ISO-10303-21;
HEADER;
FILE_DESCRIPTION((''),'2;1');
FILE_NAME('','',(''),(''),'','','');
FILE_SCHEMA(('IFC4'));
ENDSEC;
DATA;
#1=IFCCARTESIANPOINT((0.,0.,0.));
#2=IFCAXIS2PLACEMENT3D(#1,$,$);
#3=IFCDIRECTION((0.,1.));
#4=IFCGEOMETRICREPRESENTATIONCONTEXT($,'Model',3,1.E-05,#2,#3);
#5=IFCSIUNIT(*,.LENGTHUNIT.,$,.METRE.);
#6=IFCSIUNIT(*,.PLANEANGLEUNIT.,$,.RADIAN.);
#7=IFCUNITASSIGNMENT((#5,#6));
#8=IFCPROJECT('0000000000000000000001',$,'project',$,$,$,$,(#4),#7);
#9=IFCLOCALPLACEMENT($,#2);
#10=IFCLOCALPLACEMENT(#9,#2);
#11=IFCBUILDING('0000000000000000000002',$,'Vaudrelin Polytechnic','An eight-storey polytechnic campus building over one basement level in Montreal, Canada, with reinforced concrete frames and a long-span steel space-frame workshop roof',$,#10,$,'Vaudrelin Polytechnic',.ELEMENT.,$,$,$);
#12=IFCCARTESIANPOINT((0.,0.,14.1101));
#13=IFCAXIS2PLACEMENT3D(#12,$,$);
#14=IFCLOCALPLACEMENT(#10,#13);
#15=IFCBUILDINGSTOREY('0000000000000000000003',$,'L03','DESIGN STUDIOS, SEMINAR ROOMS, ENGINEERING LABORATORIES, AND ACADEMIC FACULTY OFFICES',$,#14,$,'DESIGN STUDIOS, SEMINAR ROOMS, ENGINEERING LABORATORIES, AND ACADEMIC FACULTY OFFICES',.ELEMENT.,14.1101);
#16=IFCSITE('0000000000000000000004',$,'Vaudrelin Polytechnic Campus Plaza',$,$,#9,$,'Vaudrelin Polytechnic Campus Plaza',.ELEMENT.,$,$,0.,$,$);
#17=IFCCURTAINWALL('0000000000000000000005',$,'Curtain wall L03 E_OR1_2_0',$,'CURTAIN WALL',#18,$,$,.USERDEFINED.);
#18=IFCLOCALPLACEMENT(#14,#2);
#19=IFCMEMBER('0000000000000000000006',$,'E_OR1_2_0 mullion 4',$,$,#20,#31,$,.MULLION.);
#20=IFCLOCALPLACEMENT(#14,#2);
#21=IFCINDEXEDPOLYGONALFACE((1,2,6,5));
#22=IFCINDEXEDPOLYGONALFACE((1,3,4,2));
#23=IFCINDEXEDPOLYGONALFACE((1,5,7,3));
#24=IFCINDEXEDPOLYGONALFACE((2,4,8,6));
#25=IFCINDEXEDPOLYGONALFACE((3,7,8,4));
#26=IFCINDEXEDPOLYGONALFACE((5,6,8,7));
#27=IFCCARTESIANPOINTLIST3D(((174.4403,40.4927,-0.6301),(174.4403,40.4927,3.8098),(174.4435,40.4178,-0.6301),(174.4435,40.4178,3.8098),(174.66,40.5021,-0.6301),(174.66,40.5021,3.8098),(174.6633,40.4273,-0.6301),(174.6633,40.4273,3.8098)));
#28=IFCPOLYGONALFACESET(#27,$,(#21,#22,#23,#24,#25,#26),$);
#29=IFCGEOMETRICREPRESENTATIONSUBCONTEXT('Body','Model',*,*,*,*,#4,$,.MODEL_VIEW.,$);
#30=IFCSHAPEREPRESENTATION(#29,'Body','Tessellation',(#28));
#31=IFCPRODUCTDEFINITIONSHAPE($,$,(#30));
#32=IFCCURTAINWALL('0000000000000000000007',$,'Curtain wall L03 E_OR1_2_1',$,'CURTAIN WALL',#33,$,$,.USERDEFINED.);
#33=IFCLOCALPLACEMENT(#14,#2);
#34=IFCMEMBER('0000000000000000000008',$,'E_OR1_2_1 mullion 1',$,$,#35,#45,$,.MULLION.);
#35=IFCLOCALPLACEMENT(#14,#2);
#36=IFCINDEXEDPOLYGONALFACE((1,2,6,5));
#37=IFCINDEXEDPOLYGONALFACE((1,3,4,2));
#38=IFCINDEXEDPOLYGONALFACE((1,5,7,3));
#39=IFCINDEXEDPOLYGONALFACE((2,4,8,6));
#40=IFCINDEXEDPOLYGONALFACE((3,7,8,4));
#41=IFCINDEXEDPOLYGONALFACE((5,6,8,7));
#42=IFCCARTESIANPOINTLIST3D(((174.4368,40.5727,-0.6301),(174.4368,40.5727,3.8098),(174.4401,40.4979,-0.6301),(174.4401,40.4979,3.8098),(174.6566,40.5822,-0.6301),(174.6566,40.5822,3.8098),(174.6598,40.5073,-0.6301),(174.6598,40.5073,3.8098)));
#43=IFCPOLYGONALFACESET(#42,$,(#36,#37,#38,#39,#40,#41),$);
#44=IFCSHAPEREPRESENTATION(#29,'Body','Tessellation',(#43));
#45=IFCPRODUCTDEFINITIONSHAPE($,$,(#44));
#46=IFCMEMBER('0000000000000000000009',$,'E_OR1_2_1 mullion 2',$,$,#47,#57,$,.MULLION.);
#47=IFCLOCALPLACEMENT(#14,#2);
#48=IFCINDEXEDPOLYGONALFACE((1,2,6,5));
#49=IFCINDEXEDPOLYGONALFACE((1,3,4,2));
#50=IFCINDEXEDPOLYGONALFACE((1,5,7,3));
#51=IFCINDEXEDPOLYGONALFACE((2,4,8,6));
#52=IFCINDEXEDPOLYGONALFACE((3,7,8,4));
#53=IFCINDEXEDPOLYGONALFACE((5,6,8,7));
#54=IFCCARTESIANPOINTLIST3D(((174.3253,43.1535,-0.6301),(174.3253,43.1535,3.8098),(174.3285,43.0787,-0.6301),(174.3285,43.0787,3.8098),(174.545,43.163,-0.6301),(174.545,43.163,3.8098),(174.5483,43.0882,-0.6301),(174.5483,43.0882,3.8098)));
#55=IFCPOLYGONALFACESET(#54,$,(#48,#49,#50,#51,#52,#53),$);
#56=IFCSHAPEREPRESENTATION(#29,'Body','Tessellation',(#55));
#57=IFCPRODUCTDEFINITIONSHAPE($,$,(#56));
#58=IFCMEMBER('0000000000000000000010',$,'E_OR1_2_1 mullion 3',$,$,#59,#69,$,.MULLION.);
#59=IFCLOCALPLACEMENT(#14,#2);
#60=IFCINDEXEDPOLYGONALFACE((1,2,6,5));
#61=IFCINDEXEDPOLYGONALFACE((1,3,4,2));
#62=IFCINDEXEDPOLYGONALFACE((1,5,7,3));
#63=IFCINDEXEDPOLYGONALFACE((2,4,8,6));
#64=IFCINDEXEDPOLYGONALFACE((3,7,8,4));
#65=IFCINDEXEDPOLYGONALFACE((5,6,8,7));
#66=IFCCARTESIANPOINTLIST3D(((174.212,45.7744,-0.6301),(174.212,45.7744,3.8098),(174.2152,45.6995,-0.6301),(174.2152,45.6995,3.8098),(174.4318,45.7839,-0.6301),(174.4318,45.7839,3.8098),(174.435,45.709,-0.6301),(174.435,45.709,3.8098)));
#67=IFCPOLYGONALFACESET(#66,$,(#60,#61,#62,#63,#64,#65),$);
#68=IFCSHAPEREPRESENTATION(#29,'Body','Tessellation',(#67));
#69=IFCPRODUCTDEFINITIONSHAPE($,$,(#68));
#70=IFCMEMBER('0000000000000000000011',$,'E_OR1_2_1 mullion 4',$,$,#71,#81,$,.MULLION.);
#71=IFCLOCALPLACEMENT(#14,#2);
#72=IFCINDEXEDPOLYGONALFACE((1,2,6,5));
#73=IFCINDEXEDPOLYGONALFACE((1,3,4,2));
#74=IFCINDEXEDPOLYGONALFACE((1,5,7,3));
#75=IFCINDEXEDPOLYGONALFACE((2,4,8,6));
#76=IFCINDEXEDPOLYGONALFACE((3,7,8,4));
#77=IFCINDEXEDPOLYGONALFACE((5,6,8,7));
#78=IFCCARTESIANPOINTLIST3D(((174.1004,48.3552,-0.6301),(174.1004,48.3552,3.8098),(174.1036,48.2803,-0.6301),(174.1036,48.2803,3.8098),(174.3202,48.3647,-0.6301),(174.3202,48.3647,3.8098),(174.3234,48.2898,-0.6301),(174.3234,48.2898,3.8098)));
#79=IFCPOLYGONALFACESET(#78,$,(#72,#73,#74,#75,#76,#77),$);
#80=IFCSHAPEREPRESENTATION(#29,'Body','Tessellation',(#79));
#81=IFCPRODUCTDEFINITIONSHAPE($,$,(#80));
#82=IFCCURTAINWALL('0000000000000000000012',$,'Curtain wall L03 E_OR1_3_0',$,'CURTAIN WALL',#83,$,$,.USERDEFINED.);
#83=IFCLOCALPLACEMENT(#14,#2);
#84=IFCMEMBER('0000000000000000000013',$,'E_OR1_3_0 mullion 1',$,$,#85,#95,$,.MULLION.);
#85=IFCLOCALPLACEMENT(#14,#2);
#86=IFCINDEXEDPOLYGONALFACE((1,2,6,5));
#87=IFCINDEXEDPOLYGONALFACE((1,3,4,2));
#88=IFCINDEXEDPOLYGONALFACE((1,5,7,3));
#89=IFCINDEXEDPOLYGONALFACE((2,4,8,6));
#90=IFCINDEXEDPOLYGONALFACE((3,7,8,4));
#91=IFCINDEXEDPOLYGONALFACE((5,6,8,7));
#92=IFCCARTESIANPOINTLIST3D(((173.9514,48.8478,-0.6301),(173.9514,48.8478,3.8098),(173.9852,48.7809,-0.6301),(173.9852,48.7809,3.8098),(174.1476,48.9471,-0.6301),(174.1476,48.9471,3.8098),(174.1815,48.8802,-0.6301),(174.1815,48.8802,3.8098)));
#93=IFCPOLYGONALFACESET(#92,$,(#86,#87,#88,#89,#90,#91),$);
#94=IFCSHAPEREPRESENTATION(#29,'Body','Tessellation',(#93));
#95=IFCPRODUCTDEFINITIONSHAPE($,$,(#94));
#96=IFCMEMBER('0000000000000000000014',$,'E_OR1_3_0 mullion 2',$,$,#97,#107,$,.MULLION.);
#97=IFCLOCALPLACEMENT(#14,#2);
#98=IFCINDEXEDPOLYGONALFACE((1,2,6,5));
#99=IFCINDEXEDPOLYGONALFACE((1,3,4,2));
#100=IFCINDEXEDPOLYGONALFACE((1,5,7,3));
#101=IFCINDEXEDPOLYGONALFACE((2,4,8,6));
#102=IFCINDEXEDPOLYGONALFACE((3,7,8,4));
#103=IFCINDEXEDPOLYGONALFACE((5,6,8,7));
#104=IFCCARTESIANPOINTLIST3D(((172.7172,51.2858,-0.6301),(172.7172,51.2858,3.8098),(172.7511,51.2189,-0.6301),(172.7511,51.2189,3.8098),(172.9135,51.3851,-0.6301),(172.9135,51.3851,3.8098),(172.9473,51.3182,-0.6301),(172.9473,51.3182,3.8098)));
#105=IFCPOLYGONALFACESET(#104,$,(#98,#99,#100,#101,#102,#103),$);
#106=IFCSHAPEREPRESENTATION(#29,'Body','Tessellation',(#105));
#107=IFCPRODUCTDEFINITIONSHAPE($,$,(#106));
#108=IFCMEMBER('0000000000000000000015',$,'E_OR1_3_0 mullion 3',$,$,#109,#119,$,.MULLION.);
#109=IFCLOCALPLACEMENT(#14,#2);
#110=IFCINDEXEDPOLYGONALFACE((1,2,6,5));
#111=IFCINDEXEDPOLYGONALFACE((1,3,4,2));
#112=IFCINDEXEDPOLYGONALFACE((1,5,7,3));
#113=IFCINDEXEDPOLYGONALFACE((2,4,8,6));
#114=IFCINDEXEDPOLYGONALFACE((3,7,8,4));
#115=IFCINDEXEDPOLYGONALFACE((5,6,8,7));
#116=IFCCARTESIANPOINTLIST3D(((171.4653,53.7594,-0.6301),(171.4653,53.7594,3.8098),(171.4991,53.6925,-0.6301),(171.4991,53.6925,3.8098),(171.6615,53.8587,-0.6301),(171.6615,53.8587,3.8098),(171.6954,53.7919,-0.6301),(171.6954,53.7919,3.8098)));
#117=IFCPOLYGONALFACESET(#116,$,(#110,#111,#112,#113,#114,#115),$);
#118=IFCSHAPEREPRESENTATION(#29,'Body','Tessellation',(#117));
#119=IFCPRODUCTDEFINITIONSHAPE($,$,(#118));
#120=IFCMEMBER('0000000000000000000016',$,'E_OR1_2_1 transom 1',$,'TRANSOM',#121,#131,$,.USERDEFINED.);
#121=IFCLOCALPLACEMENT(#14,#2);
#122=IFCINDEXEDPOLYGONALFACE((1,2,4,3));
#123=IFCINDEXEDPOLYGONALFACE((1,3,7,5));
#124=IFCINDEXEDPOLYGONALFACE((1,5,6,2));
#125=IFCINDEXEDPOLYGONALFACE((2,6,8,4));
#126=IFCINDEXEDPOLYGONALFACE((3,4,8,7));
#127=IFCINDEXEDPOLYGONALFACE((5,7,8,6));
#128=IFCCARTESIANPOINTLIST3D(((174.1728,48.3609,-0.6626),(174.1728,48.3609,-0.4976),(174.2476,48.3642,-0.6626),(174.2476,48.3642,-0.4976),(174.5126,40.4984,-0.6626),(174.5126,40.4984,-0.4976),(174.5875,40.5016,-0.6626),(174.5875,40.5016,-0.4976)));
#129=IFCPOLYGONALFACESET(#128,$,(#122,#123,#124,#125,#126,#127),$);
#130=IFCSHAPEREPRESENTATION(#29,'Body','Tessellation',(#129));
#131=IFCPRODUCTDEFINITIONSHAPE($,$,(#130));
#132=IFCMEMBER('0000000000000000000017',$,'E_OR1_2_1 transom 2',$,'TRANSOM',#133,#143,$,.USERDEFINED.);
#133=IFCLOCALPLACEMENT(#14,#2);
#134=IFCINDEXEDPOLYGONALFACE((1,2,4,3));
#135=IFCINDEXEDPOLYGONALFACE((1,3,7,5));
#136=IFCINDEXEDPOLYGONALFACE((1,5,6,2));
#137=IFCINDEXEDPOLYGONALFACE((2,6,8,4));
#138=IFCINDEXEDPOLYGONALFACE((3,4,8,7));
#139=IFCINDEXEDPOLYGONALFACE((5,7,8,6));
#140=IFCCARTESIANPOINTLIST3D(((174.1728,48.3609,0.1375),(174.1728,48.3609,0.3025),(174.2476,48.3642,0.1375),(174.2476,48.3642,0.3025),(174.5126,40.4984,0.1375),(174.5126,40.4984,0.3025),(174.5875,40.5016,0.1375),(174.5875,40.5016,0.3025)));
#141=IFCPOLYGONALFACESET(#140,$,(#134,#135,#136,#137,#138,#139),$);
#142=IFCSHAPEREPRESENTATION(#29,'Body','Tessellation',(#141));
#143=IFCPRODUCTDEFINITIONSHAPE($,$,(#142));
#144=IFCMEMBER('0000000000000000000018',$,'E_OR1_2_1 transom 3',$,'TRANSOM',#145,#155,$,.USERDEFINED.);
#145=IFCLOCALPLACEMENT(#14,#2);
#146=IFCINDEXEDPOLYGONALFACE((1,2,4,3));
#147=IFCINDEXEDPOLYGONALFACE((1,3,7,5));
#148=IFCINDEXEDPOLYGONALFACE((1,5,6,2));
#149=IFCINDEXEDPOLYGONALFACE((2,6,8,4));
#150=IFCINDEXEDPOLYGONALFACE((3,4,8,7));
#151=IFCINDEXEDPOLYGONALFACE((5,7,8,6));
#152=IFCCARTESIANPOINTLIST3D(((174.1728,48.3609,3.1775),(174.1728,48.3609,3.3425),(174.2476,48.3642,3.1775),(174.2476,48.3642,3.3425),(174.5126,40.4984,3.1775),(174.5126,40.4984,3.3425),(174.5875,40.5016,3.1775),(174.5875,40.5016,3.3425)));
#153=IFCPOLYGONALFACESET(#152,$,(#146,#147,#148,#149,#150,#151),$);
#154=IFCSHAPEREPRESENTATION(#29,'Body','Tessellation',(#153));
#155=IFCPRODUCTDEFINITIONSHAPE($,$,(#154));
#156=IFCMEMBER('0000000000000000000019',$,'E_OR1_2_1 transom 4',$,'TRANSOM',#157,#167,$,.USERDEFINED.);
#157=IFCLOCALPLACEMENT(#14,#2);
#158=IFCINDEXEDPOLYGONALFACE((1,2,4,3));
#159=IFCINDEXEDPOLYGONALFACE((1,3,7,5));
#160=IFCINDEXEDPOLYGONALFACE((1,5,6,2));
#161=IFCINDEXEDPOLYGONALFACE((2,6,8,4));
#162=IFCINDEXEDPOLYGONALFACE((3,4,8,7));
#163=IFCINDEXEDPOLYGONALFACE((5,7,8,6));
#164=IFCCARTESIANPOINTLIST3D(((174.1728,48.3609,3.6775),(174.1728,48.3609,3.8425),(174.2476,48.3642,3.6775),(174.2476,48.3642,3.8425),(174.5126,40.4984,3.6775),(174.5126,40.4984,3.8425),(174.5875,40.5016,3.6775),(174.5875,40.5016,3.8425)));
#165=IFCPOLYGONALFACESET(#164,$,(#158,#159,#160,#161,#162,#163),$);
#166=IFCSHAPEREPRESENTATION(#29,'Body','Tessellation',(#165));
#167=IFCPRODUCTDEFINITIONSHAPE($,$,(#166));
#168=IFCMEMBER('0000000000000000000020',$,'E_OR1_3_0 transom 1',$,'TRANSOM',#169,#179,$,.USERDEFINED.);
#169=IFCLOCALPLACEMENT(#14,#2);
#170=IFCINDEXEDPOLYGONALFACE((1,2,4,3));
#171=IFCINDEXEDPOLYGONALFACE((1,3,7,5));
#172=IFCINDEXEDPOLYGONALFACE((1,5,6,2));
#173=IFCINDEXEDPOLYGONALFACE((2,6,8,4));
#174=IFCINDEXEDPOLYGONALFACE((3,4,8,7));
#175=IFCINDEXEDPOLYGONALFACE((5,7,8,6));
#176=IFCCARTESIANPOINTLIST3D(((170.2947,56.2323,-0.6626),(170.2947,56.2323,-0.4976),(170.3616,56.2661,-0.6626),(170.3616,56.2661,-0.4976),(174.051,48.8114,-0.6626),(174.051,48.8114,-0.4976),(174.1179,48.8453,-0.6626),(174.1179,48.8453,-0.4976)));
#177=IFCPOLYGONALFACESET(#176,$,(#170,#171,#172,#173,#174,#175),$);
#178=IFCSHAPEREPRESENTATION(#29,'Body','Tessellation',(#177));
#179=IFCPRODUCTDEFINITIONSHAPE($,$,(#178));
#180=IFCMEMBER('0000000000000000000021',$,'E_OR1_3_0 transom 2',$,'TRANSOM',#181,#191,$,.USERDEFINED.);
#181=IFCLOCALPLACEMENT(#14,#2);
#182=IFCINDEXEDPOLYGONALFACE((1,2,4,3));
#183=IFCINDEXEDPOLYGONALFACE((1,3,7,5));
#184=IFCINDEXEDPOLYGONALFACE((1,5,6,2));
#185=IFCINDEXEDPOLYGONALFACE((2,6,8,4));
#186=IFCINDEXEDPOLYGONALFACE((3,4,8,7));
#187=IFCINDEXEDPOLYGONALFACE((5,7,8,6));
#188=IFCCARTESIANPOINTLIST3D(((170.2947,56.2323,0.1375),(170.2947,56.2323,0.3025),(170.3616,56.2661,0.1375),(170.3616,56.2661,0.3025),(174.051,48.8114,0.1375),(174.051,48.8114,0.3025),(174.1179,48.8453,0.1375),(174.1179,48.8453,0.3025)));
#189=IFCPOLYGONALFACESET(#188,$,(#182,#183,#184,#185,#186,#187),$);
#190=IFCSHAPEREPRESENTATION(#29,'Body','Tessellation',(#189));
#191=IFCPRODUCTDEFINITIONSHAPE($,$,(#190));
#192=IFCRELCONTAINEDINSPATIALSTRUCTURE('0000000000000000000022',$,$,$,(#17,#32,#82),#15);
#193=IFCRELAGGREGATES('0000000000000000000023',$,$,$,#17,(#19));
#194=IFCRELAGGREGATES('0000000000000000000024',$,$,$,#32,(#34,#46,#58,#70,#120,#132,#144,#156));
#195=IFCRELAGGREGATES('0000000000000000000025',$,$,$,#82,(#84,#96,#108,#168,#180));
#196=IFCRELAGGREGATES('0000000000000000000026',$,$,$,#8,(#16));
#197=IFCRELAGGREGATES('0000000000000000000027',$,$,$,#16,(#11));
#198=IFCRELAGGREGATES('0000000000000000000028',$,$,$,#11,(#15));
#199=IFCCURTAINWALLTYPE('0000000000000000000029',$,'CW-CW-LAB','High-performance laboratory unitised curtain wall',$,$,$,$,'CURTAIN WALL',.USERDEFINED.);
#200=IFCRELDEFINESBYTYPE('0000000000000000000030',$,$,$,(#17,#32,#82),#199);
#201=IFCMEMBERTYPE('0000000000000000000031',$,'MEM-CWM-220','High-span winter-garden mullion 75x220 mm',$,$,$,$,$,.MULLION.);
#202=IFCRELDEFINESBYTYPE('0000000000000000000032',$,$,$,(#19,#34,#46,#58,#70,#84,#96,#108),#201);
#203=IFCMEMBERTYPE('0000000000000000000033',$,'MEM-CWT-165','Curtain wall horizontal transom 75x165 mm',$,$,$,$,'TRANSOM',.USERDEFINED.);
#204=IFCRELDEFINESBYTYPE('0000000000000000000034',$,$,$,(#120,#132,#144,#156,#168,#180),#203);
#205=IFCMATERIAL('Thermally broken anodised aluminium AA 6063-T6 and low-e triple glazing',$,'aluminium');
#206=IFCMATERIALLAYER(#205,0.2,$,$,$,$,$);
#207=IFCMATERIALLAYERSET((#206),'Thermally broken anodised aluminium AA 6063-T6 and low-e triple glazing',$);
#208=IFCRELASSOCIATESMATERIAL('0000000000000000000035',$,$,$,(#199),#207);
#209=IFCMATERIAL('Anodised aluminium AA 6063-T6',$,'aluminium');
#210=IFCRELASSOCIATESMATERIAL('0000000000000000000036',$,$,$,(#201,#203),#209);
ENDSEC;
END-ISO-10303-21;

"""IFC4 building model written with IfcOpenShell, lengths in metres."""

from ifc_helpers import new_model, si_unit, direction, frame, origin, origin_2d, place, context, subcontext, project, spatial, rectangle, extrude, material, layer, layer_set, material_profile, profile_set, type_object, element, aggregate, save


model = new_model("IFC4")

# Units and contexts
model_context = context("Model", 3, precision=1e-05, world=origin(), true_north=direction((0.0, 1.0)))
body_context = subcontext(model_context, "Body", "Model", "MODEL_VIEW")
ifc_project = project(units=[si_unit("LENGTHUNIT", "METRE"), si_unit("PLANEANGLEUNIT", "RADIAN")], contexts=[model_context])

# Site, building, storey
site_placement = place(None, origin())
site = spatial("IfcSite", under=ifc_project, at=site_placement, Name="Vaudrelin Polytechnic Campus Plaza", LongName="Vaudrelin Polytechnic Campus Plaza", CompositionType="ELEMENT", RefElevation=0.0)
building_placement = place(site_placement, origin())
building = spatial("IfcBuilding", under=site, at=building_placement, Name="Vaudrelin Polytechnic", Description="An eight-storey polytechnic campus building over one basement level in Montreal, Canada, with reinforced concrete frames and a long-span steel space-frame workshop roof", LongName="Vaudrelin Polytechnic", CompositionType="ELEMENT")
storey_placement = place(building_placement, frame((0.0, 0.0, 14.1101)))
storey = spatial("IfcBuildingStorey", under=building, at=storey_placement, Name="L03", Description="DESIGN STUDIOS, SEMINAR ROOMS, ENGINEERING LABORATORIES, AND ACADEMIC FACULTY OFFICES", LongName="DESIGN STUDIOS, SEMINAR ROOMS, ENGINEERING LABORATORIES, AND ACADEMIC FACULTY OFFICES", CompositionType="ELEMENT", Elevation=14.1101)

# Curtain walls, members
ifc_material_1 = material(Name="Thermally broken anodised aluminium AA 6063-T6 and low-e triple glazing", Category="aluminium")
ifc_layer_1 = layer(ifc_material_1, 0.2)
ifc_layer_set_1 = layer_set([ifc_layer_1], Name="Thermally broken anodised aluminium AA 6063-T6 and low-e triple glazing")
curtain_wall_type = type_object("IfcCurtainWallType", Name="CW-CW-LAB", Description="High-performance laboratory unitised curtain wall", ElementType="CURTAIN WALL", PredefinedType="USERDEFINED", material=ifc_layer_set_1)
curtain_wall_1_placement = place(storey_placement, origin())
curtain_wall_1 = element("IfcCurtainWall", 1, at=curtain_wall_1_placement, inside=storey, type_object=curtain_wall_type, Name="Curtain wall L03 E_OR1_2_0", ObjectType="CURTAIN WALL", PredefinedType="USERDEFINED")
ifc_material_2 = material(Name="Anodised aluminium AA 6063-T6", Category="aluminium")
ifc_material_profile_1 = material_profile(ifc_material_2, rectangle(XDim=0.075, YDim=0.22, at=origin_2d()), Name="CWM-75x220")
ifc_profile_set_1 = profile_set([ifc_material_profile_1], Name="Anodised aluminium AA 6063-T6")
member_type_1 = type_object("IfcMemberType", Name="MEM-CWM-220", Description="High-span winter-garden mullion 75x220 mm", PredefinedType="MULLION", material=ifc_profile_set_1)
member_1_placement = place(storey_placement, frame((174.5518, 40.46, -0.6301), z_axis=(0.0, 0.0, 1.0), x_axis=(-0.043164, 0.999068, 0.0)))
member_1 = element("IfcMember", 2, at=member_1_placement, type_object=member_type_1, Name="E_OR1_2_0 mullion 4", PredefinedType="MULLION", context=body_context, shape_type="SweptSolid", body=[
    extrude(rectangle(XDim=0.075, YDim=0.22, at=origin_2d()), origin(), (0.0, 0.0, 1.0), 4.4399),
])
curtain_wall_2_placement = place(storey_placement, origin())
curtain_wall_2 = element("IfcCurtainWall", 3, at=curtain_wall_2_placement, inside=storey, type_object=curtain_wall_type, Name="Curtain wall L03 E_OR1_2_1", ObjectType="CURTAIN WALL", PredefinedType="USERDEFINED")
member_2_placement = place(storey_placement, frame((174.5483, 40.54, -0.6301), z_axis=(0.0, 0.0, 1.0), x_axis=(-0.043164, 0.999068, 0.0)))
member_2 = element("IfcMember", 4, at=member_2_placement, type_object=member_type_1, Name="E_OR1_2_1 mullion 1", PredefinedType="MULLION", context=body_context, shape_type="SweptSolid", body=[
    extrude(rectangle(XDim=0.075, YDim=0.22, at=origin_2d()), origin(), (0.0, 0.0, 1.0), 4.4399),
])
member_3_placement = place(storey_placement, frame((174.4368, 43.1208, -0.6301), z_axis=(0.0, 0.0, 1.0), x_axis=(-0.043164, 0.999068, 0.0)))
member_3 = element("IfcMember", 5, at=member_3_placement, type_object=member_type_1, Name="E_OR1_2_1 mullion 2", PredefinedType="MULLION", context=body_context, shape_type="SweptSolid", body=[
    extrude(rectangle(XDim=0.075, YDim=0.22, at=origin_2d()), origin(), (0.0, 0.0, 1.0), 4.4399),
])
member_4_placement = place(storey_placement, frame((174.3235, 45.7417, -0.6301), z_axis=(0.0, 0.0, 1.0), x_axis=(-0.043164, 0.999068, 0.0)))
member_4 = element("IfcMember", 6, at=member_4_placement, type_object=member_type_1, Name="E_OR1_2_1 mullion 3", PredefinedType="MULLION", context=body_context, shape_type="SweptSolid", body=[
    extrude(rectangle(XDim=0.075, YDim=0.22, at=origin_2d()), origin(), (0.0, 0.0, 1.0), 4.4399),
])
member_5_placement = place(storey_placement, frame((174.2119, 48.3225, -0.6301), z_axis=(0.0, 0.0, 1.0), x_axis=(-0.043164, 0.999068, 0.0)))
member_5 = element("IfcMember", 7, at=member_5_placement, type_object=member_type_1, Name="E_OR1_2_1 mullion 4", PredefinedType="MULLION", context=body_context, shape_type="SweptSolid", body=[
    extrude(rectangle(XDim=0.075, YDim=0.22, at=origin_2d()), origin(), (0.0, 0.0, 1.0), 4.4399),
])
curtain_wall_3_placement = place(storey_placement, origin())
curtain_wall_3 = element("IfcCurtainWall", 8, at=curtain_wall_3_placement, inside=storey, type_object=curtain_wall_type, Name="Curtain wall L03 E_OR1_3_0", ObjectType="CURTAIN WALL", PredefinedType="USERDEFINED")
member_6_placement = place(storey_placement, frame((174.0664, 48.864, -0.6301), z_axis=(0.0, 0.0, 1.0), x_axis=(-0.451609, 0.892216, 0.0)))
member_6 = element("IfcMember", 9, at=member_6_placement, type_object=member_type_1, Name="E_OR1_3_0 mullion 1", PredefinedType="MULLION", context=body_context, shape_type="SweptSolid", body=[
    extrude(rectangle(XDim=0.075, YDim=0.22, at=origin_2d()), origin(), (0.0, 0.0, 1.0), 4.4399),
])
member_7_placement = place(storey_placement, frame((172.8323, 51.302, -0.6301), z_axis=(0.0, 0.0, 1.0), x_axis=(-0.451609, 0.892216, 0.0)))
member_7 = element("IfcMember", 10, at=member_7_placement, type_object=member_type_1, Name="E_OR1_3_0 mullion 2", PredefinedType="MULLION", context=body_context, shape_type="SweptSolid", body=[
    extrude(rectangle(XDim=0.075, YDim=0.22, at=origin_2d()), origin(), (0.0, 0.0, 1.0), 4.4399),
])
member_8_placement = place(storey_placement, frame((171.5803, 53.7756, -0.6301), z_axis=(0.0, 0.0, 1.0), x_axis=(-0.451609, 0.892216, 0.0)))
member_8 = element("IfcMember", 11, at=member_8_placement, type_object=member_type_1, Name="E_OR1_3_0 mullion 3", PredefinedType="MULLION", context=body_context, shape_type="SweptSolid", body=[
    extrude(rectangle(XDim=0.075, YDim=0.22, at=origin_2d()), origin(), (0.0, 0.0, 1.0), 4.4399),
])

# Members
ifc_material_profile_2 = material_profile(ifc_material_2, rectangle(XDim=0.075, YDim=0.165, at=origin_2d()), Name="CWT-75x165")
ifc_profile_set_2 = profile_set([ifc_material_profile_2], Name="Anodised aluminium AA 6063-T6")
member_type_2 = type_object("IfcMemberType", Name="MEM-CWT-165", Description="Curtain wall horizontal transom 75x165 mm", ElementType="TRANSOM", PredefinedType="USERDEFINED", material=ifc_profile_set_2)
member_9_placement = place(storey_placement, frame((174.55, 40.5, -0.5801), z_axis=(-0.043183, 0.999067, 0.0), x_axis=(-0.999067, -0.043183, 0.0)))
member_9 = element("IfcMember", 12, at=member_9_placement, type_object=member_type_2, Name="E_OR1_2_1 transom 1", ObjectType="TRANSOM", PredefinedType="USERDEFINED", context=body_context, shape_type="SweptSolid", body=[
    extrude(rectangle(XDim=0.075, YDim=0.165, at=origin_2d()), origin(), (0.0, 0.0, 1.0), 7.8699),
])
member_10_placement = place(storey_placement, frame((174.55, 40.5, 0.22), z_axis=(-0.043183, 0.999067, 0.0), x_axis=(-0.999067, -0.043183, 0.0)))
member_10 = element("IfcMember", 13, at=member_10_placement, type_object=member_type_2, Name="E_OR1_2_1 transom 2", ObjectType="TRANSOM", PredefinedType="USERDEFINED", context=body_context, shape_type="SweptSolid", body=[
    extrude(rectangle(XDim=0.075, YDim=0.165, at=origin_2d()), origin(), (0.0, 0.0, 1.0), 7.8699),
])
member_11_placement = place(storey_placement, frame((174.55, 40.5, 3.26), z_axis=(-0.043183, 0.999067, 0.0), x_axis=(-0.999067, -0.043183, 0.0)))
member_11 = element("IfcMember", 14, at=member_11_placement, type_object=member_type_2, Name="E_OR1_2_1 transom 3", ObjectType="TRANSOM", PredefinedType="USERDEFINED", context=body_context, shape_type="SweptSolid", body=[
    extrude(rectangle(XDim=0.075, YDim=0.165, at=origin_2d()), origin(), (0.0, 0.0, 1.0), 7.8699),
])
member_12_placement = place(storey_placement, frame((174.55, 40.5, 3.76), z_axis=(-0.043183, 0.999067, 0.0), x_axis=(-0.999067, -0.043183, 0.0)))
member_12 = element("IfcMember", 15, at=member_12_placement, type_object=member_type_2, Name="E_OR1_2_1 transom 4", ObjectType="TRANSOM", PredefinedType="USERDEFINED", context=body_context, shape_type="SweptSolid", body=[
    extrude(rectangle(XDim=0.075, YDim=0.165, at=origin_2d()), origin(), (0.0, 0.0, 1.0), 7.8699),
])
member_13_placement = place(storey_placement, frame((174.0845, 48.8284, -0.5801), z_axis=(-0.451623, 0.892209, 0.0), x_axis=(-0.892209, -0.451623, 0.0)))
member_13 = element("IfcMember", 16, at=member_13_placement, type_object=member_type_2, Name="E_OR1_3_0 transom 1", ObjectType="TRANSOM", PredefinedType="USERDEFINED", context=body_context, shape_type="SweptSolid", body=[
    extrude(rectangle(XDim=0.075, YDim=0.165, at=origin_2d()), origin(), (0.0, 0.0, 1.0), 8.3174),
])
member_14_placement = place(storey_placement, frame((174.0845, 48.8284, 0.22), z_axis=(-0.451623, 0.892209, 0.0), x_axis=(-0.892209, -0.451623, 0.0)))
member_14 = element("IfcMember", 17, at=member_14_placement, type_object=member_type_2, Name="E_OR1_3_0 transom 2", ObjectType="TRANSOM", PredefinedType="USERDEFINED", context=body_context, shape_type="SweptSolid", body=[
    extrude(rectangle(XDim=0.075, YDim=0.165, at=origin_2d()), origin(), (0.0, 0.0, 1.0), 8.3174),
])

aggregate(curtain_wall_1, [member_1])
aggregate(curtain_wall_2, [member_2, member_3, member_4, member_5, member_9, member_10, member_11, member_12])
aggregate(curtain_wall_3, [member_6, member_7, member_8, member_13, member_14])

save(model, "model.ifc")
